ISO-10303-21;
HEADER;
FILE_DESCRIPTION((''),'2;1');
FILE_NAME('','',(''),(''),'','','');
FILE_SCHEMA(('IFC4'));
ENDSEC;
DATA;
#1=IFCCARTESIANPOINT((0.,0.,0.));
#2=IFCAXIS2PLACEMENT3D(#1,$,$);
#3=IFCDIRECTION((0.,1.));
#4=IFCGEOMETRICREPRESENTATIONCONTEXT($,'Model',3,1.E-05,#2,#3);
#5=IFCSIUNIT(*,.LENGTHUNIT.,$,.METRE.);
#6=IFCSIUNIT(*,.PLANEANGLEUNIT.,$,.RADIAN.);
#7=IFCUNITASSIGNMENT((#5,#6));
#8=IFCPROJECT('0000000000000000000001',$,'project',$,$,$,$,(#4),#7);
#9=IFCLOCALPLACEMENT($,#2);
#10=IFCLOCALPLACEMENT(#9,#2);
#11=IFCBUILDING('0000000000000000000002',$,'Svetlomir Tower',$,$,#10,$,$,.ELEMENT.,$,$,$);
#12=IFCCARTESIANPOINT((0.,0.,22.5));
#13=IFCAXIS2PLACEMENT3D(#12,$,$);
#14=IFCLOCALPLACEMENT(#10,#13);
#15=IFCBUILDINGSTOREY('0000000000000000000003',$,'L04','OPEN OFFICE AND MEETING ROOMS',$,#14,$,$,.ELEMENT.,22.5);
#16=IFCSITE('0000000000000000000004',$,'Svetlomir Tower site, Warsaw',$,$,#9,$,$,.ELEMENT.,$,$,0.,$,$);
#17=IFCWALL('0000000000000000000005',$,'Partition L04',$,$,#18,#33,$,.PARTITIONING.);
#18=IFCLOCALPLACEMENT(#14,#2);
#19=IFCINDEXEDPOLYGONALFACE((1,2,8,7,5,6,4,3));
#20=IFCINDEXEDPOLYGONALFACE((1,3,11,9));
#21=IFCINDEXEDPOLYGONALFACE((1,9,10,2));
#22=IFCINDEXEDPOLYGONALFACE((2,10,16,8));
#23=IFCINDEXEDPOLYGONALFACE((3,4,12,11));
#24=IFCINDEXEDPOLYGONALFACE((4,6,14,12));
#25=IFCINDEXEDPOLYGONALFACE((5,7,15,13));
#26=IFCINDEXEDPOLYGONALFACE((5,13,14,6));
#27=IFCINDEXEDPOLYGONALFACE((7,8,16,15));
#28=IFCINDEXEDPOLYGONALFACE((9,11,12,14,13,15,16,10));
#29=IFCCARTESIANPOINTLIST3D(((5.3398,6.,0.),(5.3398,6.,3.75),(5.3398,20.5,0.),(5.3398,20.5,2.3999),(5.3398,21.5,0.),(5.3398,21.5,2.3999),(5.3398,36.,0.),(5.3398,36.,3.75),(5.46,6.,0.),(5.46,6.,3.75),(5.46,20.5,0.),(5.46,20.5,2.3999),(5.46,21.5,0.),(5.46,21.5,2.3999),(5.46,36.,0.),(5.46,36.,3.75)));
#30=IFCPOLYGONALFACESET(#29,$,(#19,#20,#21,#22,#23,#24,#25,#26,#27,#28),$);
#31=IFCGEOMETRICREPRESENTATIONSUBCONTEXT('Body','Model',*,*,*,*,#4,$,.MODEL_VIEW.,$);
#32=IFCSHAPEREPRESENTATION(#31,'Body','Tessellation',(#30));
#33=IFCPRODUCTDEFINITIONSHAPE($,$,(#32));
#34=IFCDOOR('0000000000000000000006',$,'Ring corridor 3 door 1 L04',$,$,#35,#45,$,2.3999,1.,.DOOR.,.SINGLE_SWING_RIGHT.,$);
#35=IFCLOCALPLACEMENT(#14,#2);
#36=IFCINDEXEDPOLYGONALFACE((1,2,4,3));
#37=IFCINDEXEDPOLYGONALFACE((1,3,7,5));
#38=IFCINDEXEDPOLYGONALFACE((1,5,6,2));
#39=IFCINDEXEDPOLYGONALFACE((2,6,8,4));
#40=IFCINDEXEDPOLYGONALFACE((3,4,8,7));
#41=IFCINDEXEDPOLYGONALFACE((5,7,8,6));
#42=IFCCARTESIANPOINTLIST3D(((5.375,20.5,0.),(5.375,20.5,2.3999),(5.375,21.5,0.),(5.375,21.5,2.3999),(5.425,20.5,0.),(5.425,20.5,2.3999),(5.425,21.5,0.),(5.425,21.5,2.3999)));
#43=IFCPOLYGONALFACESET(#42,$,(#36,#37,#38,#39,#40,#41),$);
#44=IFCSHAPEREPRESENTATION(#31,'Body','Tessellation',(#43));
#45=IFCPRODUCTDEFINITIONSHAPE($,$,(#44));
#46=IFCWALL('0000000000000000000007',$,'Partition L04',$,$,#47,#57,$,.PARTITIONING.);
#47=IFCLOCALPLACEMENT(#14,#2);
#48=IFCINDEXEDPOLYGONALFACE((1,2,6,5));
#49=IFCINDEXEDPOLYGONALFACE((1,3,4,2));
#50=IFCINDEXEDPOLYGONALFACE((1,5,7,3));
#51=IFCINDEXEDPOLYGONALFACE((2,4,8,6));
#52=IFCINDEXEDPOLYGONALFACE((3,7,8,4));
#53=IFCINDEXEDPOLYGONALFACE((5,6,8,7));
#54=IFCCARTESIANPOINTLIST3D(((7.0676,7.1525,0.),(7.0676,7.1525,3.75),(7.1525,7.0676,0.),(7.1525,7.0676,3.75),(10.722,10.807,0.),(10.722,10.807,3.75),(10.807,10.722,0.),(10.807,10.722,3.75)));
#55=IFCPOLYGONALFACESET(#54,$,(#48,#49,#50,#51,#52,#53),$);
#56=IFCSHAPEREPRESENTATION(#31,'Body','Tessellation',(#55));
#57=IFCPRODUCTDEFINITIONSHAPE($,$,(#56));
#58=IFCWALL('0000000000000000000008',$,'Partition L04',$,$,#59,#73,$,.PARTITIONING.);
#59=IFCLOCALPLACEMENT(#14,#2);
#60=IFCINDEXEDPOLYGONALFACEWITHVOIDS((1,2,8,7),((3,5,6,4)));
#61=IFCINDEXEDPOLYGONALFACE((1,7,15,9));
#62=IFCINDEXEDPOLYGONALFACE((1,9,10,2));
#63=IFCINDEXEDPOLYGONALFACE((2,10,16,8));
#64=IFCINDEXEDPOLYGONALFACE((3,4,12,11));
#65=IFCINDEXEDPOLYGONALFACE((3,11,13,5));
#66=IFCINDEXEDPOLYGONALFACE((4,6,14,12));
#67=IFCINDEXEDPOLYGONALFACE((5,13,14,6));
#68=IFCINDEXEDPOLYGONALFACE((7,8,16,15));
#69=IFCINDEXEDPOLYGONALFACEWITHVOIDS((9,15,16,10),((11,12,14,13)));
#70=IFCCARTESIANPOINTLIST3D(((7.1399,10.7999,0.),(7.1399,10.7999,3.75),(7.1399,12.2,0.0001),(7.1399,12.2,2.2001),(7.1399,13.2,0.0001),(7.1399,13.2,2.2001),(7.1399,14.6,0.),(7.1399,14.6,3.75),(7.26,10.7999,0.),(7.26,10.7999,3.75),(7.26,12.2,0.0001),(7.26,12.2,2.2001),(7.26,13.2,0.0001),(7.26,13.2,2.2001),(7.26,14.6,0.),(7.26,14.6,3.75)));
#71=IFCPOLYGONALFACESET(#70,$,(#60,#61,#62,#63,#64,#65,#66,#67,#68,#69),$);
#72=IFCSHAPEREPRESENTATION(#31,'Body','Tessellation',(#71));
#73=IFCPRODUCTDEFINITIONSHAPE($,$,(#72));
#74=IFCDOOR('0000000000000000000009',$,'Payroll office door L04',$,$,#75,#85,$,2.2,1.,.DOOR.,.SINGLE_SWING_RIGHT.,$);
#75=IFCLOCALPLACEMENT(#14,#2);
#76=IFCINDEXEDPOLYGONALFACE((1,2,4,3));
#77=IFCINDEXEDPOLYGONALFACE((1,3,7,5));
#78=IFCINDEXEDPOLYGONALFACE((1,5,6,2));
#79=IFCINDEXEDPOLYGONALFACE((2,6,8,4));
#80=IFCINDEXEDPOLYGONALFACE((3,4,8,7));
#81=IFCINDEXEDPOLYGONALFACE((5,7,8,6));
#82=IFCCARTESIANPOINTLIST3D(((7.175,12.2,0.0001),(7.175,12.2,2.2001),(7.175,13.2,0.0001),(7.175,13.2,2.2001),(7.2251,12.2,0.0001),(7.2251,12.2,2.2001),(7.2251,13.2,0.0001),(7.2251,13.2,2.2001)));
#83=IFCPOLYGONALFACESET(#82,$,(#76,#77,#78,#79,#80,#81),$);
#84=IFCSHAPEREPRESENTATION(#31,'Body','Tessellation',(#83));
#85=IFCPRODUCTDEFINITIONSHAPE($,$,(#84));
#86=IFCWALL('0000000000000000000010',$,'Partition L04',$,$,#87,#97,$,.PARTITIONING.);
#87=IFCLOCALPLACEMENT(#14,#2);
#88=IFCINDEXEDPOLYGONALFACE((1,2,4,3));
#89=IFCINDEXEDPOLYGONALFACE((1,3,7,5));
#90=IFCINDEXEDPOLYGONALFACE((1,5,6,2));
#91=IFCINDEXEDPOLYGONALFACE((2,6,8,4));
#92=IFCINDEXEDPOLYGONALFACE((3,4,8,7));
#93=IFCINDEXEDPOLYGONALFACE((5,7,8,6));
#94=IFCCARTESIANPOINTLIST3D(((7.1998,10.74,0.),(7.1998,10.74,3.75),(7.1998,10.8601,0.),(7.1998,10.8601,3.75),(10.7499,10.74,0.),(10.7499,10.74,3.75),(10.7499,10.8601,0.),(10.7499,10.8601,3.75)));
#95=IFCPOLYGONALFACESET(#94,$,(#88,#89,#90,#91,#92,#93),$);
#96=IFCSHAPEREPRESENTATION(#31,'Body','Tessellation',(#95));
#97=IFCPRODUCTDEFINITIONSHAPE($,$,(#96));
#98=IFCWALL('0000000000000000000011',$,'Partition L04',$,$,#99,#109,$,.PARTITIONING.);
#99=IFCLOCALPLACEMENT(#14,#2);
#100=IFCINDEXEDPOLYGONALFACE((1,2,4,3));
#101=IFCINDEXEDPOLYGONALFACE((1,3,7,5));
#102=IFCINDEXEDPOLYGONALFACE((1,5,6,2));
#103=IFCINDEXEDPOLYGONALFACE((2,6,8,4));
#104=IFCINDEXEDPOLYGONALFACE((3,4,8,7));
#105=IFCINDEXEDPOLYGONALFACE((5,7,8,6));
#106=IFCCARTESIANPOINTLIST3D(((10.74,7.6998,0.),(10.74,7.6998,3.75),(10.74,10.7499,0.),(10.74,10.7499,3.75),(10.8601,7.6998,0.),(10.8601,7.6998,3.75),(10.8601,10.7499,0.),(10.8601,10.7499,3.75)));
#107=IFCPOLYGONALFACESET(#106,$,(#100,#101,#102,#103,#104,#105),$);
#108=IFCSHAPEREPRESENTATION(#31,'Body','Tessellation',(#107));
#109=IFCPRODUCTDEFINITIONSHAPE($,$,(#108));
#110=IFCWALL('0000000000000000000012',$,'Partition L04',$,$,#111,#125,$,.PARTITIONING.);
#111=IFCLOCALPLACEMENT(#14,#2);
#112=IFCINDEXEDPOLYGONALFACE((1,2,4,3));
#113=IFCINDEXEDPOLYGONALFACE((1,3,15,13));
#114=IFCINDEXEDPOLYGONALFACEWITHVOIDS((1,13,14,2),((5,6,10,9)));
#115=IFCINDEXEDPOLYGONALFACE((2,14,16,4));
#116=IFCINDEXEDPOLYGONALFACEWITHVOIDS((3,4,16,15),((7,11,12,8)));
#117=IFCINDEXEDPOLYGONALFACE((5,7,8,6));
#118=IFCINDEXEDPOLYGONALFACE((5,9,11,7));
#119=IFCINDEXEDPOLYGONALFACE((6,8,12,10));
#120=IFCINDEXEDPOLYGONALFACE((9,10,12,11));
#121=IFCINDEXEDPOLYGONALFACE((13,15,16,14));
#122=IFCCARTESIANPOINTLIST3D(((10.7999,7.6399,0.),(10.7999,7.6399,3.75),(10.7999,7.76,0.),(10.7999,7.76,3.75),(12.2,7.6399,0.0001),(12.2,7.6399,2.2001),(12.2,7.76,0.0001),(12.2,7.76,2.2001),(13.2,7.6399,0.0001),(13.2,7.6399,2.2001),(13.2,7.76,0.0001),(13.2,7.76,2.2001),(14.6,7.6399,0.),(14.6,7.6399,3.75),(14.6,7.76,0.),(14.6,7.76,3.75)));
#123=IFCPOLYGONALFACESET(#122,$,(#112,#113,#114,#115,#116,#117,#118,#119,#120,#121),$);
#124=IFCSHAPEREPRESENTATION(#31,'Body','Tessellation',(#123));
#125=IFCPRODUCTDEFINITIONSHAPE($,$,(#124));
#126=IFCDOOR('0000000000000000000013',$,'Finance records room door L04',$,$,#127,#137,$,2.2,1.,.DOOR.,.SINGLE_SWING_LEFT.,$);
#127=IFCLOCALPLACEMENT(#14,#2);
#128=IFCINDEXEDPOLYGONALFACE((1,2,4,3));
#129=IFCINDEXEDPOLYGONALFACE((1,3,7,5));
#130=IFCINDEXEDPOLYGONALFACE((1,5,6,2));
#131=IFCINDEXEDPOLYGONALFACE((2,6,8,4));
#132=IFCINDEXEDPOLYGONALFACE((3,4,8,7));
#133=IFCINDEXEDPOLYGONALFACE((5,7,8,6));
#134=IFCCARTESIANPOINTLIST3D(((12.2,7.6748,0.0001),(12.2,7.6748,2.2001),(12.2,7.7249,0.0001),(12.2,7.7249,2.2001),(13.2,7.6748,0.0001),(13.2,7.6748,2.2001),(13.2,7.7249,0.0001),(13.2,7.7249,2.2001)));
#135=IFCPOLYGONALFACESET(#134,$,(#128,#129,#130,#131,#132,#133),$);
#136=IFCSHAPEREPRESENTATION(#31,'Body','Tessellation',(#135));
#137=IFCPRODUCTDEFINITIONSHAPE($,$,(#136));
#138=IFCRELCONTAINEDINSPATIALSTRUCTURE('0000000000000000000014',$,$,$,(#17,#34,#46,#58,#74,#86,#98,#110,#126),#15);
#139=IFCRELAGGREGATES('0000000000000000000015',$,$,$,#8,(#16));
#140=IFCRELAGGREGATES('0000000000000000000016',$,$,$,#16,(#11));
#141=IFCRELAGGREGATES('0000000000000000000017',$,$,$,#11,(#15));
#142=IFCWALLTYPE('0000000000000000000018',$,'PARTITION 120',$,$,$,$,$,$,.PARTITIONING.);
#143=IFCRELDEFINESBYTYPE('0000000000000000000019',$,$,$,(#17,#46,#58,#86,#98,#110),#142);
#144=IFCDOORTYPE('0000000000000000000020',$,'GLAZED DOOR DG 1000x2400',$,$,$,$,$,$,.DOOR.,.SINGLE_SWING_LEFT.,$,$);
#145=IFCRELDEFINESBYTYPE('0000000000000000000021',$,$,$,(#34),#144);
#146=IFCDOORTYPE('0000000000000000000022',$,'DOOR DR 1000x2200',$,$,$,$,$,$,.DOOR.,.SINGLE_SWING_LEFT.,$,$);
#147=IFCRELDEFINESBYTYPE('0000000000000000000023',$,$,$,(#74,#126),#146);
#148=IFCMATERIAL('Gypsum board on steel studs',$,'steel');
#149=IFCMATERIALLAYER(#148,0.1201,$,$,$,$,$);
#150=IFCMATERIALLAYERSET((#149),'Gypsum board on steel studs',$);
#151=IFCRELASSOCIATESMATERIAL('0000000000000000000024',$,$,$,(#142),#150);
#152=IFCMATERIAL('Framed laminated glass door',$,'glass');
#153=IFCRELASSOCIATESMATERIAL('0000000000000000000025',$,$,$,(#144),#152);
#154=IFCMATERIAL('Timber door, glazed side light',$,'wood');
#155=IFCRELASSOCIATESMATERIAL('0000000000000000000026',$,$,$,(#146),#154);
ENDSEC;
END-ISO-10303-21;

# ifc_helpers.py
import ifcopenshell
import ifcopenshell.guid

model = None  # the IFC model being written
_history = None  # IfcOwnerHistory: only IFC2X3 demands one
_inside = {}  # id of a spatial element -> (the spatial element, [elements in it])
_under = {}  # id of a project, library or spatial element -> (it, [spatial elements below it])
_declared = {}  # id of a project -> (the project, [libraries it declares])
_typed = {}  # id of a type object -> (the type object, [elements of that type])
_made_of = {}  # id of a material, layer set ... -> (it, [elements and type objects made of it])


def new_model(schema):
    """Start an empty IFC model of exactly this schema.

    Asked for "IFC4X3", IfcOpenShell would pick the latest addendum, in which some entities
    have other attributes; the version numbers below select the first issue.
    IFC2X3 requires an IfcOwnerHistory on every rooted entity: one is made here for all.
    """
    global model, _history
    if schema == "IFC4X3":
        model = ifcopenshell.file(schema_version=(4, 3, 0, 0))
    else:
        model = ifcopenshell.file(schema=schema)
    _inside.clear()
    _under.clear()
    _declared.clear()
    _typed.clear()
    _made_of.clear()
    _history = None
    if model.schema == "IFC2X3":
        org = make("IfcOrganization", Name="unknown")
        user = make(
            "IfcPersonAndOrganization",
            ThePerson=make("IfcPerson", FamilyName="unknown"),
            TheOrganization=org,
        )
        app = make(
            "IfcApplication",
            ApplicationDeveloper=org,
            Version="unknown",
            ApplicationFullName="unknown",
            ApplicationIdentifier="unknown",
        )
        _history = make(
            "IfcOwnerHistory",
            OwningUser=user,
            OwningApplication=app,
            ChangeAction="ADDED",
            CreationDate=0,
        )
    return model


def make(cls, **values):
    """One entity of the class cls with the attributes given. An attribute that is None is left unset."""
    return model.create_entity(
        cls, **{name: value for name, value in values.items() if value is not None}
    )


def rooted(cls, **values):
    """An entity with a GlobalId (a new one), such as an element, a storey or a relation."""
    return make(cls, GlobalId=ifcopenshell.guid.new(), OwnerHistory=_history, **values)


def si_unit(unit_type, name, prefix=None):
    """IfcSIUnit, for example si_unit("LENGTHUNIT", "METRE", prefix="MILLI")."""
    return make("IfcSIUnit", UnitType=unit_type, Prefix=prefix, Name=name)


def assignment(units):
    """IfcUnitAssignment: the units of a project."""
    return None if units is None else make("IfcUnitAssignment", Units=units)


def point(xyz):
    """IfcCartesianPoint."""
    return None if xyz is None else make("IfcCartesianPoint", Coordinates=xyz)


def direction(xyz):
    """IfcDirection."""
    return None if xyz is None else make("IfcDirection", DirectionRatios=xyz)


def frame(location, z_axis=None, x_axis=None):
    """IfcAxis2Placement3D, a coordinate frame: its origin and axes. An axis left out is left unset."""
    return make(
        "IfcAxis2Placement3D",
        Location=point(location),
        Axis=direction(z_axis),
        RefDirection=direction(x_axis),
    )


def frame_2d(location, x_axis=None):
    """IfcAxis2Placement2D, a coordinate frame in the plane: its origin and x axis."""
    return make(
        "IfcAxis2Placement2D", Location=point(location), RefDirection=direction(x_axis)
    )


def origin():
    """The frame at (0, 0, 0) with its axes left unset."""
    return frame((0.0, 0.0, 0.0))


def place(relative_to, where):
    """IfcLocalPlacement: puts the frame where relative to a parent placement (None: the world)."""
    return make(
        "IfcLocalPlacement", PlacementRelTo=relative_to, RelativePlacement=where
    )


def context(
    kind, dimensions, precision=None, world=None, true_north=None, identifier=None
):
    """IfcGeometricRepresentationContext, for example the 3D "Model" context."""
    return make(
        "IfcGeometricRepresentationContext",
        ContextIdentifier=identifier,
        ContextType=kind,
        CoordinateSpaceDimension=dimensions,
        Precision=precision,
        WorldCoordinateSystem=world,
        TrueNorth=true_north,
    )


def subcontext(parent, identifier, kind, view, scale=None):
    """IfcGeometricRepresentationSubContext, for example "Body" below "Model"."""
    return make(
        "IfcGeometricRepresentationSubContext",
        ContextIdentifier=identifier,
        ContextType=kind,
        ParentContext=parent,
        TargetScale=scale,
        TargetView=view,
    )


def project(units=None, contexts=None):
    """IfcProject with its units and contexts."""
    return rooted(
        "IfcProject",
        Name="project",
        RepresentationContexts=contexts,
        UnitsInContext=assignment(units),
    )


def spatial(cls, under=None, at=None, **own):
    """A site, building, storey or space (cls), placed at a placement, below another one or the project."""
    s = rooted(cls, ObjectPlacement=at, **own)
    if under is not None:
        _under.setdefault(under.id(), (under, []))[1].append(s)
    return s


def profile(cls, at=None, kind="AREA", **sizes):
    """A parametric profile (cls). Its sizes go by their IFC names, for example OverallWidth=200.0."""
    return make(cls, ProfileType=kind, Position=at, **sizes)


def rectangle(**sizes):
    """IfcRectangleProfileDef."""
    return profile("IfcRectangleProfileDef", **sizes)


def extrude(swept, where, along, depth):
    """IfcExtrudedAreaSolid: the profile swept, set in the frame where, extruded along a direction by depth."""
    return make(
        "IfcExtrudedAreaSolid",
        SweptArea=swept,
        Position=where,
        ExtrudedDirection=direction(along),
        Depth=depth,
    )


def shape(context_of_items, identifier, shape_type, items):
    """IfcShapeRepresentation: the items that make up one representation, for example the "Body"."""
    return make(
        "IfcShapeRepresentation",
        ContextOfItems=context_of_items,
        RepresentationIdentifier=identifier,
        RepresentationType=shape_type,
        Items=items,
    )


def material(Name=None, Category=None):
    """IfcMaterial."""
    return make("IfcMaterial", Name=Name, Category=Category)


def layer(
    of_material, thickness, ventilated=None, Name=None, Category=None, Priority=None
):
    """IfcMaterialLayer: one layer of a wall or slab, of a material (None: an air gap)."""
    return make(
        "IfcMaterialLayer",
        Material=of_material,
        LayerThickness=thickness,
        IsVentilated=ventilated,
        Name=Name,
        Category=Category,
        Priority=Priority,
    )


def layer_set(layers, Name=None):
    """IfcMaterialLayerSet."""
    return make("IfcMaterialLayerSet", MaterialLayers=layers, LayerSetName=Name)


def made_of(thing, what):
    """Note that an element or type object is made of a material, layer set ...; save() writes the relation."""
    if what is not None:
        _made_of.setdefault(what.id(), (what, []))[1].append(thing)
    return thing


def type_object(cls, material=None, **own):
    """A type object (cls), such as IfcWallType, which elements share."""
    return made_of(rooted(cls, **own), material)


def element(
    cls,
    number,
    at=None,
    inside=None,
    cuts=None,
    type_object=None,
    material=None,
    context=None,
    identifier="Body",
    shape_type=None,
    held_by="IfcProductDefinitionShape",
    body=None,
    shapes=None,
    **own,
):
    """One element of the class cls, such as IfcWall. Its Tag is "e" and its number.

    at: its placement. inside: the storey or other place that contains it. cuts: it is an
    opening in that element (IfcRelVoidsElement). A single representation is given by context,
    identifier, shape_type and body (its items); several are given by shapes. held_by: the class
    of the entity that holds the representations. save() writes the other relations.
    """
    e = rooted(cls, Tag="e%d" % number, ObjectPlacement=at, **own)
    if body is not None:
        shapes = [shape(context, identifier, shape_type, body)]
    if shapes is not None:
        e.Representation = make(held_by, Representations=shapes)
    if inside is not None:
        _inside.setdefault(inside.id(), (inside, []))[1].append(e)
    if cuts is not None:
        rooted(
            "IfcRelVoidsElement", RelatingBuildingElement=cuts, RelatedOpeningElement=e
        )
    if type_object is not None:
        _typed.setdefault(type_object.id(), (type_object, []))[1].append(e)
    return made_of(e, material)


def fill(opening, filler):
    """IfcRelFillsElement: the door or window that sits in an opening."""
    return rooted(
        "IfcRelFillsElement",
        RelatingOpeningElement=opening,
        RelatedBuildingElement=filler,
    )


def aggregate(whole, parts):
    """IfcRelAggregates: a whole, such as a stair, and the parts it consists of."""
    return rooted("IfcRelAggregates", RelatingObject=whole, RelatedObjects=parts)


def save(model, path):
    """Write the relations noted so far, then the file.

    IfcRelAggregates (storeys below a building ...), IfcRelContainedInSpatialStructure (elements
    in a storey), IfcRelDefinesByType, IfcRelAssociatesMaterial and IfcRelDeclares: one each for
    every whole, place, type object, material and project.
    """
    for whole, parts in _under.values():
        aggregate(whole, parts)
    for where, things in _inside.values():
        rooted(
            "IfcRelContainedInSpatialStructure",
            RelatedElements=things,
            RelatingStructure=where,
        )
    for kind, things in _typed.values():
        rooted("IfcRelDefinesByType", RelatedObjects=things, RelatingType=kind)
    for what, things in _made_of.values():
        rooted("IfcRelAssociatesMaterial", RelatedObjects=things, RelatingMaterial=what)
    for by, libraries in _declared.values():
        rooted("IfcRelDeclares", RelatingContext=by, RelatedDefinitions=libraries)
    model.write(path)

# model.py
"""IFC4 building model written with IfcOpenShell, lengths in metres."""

from ifc_helpers import new_model, si_unit, direction, frame, frame_2d, origin, place, context, subcontext, project, spatial, rectangle, extrude, material, layer, layer_set, type_object, element, fill, save


model = new_model("IFC4")

# Units and contexts
model_context = context("Model", 3, precision=1e-05, world=origin(), true_north=direction((0.0, 1.0)))
body_context = subcontext(model_context, "Body", "Model", "MODEL_VIEW")
ifc_project = project(units=[si_unit("LENGTHUNIT", "METRE"), si_unit("PLANEANGLEUNIT", "RADIAN")], contexts=[model_context])

# Site, building, storey
site_placement = place(None, origin())
site = spatial("IfcSite", under=ifc_project, at=site_placement, Name="Svetlomir Tower site, Warsaw", CompositionType="ELEMENT", RefElevation=0.0)
building_placement = place(site_placement, origin())
building = spatial("IfcBuilding", under=site, at=building_placement, Name="Svetlomir Tower", CompositionType="ELEMENT")
storey_placement = place(building_placement, frame((0.0, 0.0, 22.5)))
storey = spatial("IfcBuildingStorey", under=building, at=storey_placement, Name="L04", Description="OPEN OFFICE AND MEETING ROOMS", CompositionType="ELEMENT", Elevation=22.5)

# Wall, opening, door
ifc_material_1 = material(Name="Gypsum board on steel studs", Category="steel")
ifc_layer_1 = layer(ifc_material_1, 0.1201)
ifc_layer_set_1 = layer_set([ifc_layer_1], Name="Gypsum board on steel studs")
wall_type_1 = type_object("IfcWallType", Name="PARTITION 120", PredefinedType="PARTITIONING", material=ifc_layer_set_1)
wall_1_placement = place(storey_placement, frame((5.3999, 6.0, 0.0), z_axis=(0.0, 0.0, 1.0), x_axis=(0.0, 1.0, 0.0)))
wall_1 = element("IfcWall", 1, at=wall_1_placement, inside=storey, type_object=wall_type_1, Name="Partition L04", PredefinedType="PARTITIONING", context=body_context, shape_type="SweptSolid", body=[
    extrude(rectangle(XDim=30.0, YDim=0.1201, at=frame_2d((15.0, 0.0))), origin(), (0.0, 0.0, 1.0), 3.75),
])
opening_1_placement = place(wall_1_placement, frame((14.5, 0.0, 0.0)))
opening_1 = element("IfcOpeningElement", 2, at=opening_1_placement, cuts=wall_1, PredefinedType="OPENING", context=body_context, shape_type="SweptSolid", body=[
    extrude(rectangle(XDim=1.0, YDim=2.3999, at=frame_2d((0.5, 1.2))), frame((0.0, 0.0701, 0.0), z_axis=(0.0, -1.0, 0.0), x_axis=(1.0, 0.0, 0.0)), (0.0, 0.0, 1.0), 0.1401),
])
ifc_material_2 = material(Name="Framed laminated glass door", Category="glass")
door_type_1 = type_object("IfcDoorType", Name="GLAZED DOOR DG 1000x2400", OperationType="SINGLE_SWING_LEFT", PredefinedType="DOOR", material=ifc_material_2)
door_1_placement = place(opening_1_placement, origin())
door_1 = element("IfcDoor", 3, at=door_1_placement, inside=storey, type_object=door_type_1, Name="Ring corridor 3 door 1 L04", OperationType="SINGLE_SWING_RIGHT", OverallHeight=2.3999, OverallWidth=1.0, PredefinedType="DOOR", context=body_context, shape_type="SweptSolid", body=[
    extrude(rectangle(XDim=1.0, YDim=2.3999, at=frame_2d((0.5, 1.2))), frame((0.0, 0.0249, 0.0), z_axis=(0.0, -1.0, 0.0), x_axis=(1.0, 0.0, 0.0)), (0.0, 0.0, 1.0), 0.05),
])
fill(opening_1, door_1)

# Wall
wall_2_placement = place(storey_placement, frame((7.1101, 7.1101, 0.0), z_axis=(0.0, 0.0, 1.0), x_axis=(0.707107, 0.707107, 0.0)))
element("IfcWall", 4, at=wall_2_placement, inside=storey, type_object=wall_type_1, Name="Partition L04", PredefinedType="PARTITIONING", context=body_context, shape_type="SweptSolid", body=[
    extrude(rectangle(XDim=5.1682, YDim=0.1201, at=frame_2d((2.584, 0.0))), origin(), (0.0, 0.0, 1.0), 3.75),
])

# Wall, opening, door
wall_3_placement = place(storey_placement, frame((7.2, 10.8, 0.0), z_axis=(0.0, 0.0, 1.0), x_axis=(0.0, 1.0, 0.0)))
wall_3 = element("IfcWall", 5, at=wall_3_placement, inside=storey, type_object=wall_type_1, Name="Partition L04", PredefinedType="PARTITIONING", context=body_context, shape_type="SweptSolid", body=[
    extrude(rectangle(XDim=3.8, YDim=0.1201, at=frame_2d((1.8999, 0.0))), origin(), (0.0, 0.0, 1.0), 3.75),
])
opening_2_placement = place(wall_3_placement, frame((1.3999, 0.0, 0.0)))
opening_2 = element("IfcOpeningElement", 6, at=opening_2_placement, cuts=wall_3, PredefinedType="OPENING", context=body_context, shape_type="SweptSolid", body=[
    extrude(rectangle(XDim=1.0, YDim=2.2, at=frame_2d((0.5, 1.1001))), frame((0.0, 0.0701, 0.0), z_axis=(0.0, -1.0, 0.0), x_axis=(1.0, 0.0, 0.0)), (0.0, 0.0, 1.0), 0.1401),
])
ifc_material_3 = material(Name="Timber door, glazed side light", Category="wood")
door_type_2 = type_object("IfcDoorType", Name="DOOR DR 1000x2200", OperationType="SINGLE_SWING_LEFT", PredefinedType="DOOR", material=ifc_material_3)
door_2_placement = place(opening_2_placement, origin())
door_2 = element("IfcDoor", 7, at=door_2_placement, inside=storey, type_object=door_type_2, Name="Payroll office door L04", OperationType="SINGLE_SWING_RIGHT", OverallHeight=2.2, OverallWidth=1.0, PredefinedType="DOOR", context=body_context, shape_type="SweptSolid", body=[
    extrude(rectangle(XDim=1.0, YDim=2.2, at=frame_2d((0.5, 1.1001))), frame((0.0, 0.0249, 0.0), z_axis=(0.0, -1.0, 0.0), x_axis=(1.0, 0.0, 0.0)), (0.0, 0.0, 1.0), 0.05),
])
fill(opening_2, door_2)

# Walls
wall_4_placement = place(storey_placement, frame((7.2, 10.8, 0.0), z_axis=(0.0, 0.0, 1.0), x_axis=(1.0, 0.0, 0.0)))
element("IfcWall", 8, at=wall_4_placement, inside=storey, type_object=wall_type_1, Name="Partition L04", PredefinedType="PARTITIONING", context=body_context, shape_type="SweptSolid", body=[
    extrude(rectangle(XDim=3.55, YDim=0.1201, at=frame_2d((1.7749, 0.0))), origin(), (0.0, 0.0, 1.0), 3.75),
])
wall_5_placement = place(storey_placement, frame((10.8, 7.7, 0.0), z_axis=(0.0, 0.0, 1.0), x_axis=(0.0, 1.0, 0.0)))
element("IfcWall", 9, at=wall_5_placement, inside=storey, type_object=wall_type_1, Name="Partition L04", PredefinedType="PARTITIONING", context=body_context, shape_type="SweptSolid", body=[
    extrude(rectangle(XDim=3.05, YDim=0.1201, at=frame_2d((1.5249, 0.0))), origin(), (0.0, 0.0, 1.0), 3.75),
])

# Wall, opening, door
wall_6_placement = place(storey_placement, frame((10.8, 7.7, 0.0), z_axis=(0.0, 0.0, 1.0), x_axis=(1.0, 0.0, 0.0)))
wall_6 = element("IfcWall", 10, at=wall_6_placement, inside=storey, type_object=wall_type_1, Name="Partition L04", PredefinedType="PARTITIONING", context=body_context, shape_type="SweptSolid", body=[
    extrude(rectangle(XDim=3.8, YDim=0.1201, at=frame_2d((1.8999, 0.0))), origin(), (0.0, 0.0, 1.0), 3.75),
])
opening_3_placement = place(wall_6_placement, frame((1.3999, 0.0, 0.0)))
opening_3 = element("IfcOpeningElement", 11, at=opening_3_placement, cuts=wall_6, PredefinedType="OPENING", context=body_context, shape_type="SweptSolid", body=[
    extrude(rectangle(XDim=1.0, YDim=2.2, at=frame_2d((0.5, 1.1001))), frame((0.0, 0.0701, 0.0), z_axis=(0.0, -1.0, 0.0), x_axis=(1.0, 0.0, 0.0)), (0.0, 0.0, 1.0), 0.1401),
])
door_3_placement = place(opening_3_placement, origin())
door_3 = element("IfcDoor", 12, at=door_3_placement, inside=storey, type_object=door_type_2, Name="Finance records room door L04", OperationType="SINGLE_SWING_LEFT", OverallHeight=2.2, OverallWidth=1.0, PredefinedType="DOOR", context=body_context, shape_type="SweptSolid", body=[
    extrude(rectangle(XDim=1.0, YDim=2.2, at=frame_2d((0.5, 1.1001))), frame((0.0, 0.0249, 0.0), z_axis=(0.0, -1.0, 0.0), x_axis=(1.0, 0.0, 0.0)), (0.0, 0.0, 1.0), 0.05),
])
fill(opening_3, door_3)

save(model, "model.ifc")
